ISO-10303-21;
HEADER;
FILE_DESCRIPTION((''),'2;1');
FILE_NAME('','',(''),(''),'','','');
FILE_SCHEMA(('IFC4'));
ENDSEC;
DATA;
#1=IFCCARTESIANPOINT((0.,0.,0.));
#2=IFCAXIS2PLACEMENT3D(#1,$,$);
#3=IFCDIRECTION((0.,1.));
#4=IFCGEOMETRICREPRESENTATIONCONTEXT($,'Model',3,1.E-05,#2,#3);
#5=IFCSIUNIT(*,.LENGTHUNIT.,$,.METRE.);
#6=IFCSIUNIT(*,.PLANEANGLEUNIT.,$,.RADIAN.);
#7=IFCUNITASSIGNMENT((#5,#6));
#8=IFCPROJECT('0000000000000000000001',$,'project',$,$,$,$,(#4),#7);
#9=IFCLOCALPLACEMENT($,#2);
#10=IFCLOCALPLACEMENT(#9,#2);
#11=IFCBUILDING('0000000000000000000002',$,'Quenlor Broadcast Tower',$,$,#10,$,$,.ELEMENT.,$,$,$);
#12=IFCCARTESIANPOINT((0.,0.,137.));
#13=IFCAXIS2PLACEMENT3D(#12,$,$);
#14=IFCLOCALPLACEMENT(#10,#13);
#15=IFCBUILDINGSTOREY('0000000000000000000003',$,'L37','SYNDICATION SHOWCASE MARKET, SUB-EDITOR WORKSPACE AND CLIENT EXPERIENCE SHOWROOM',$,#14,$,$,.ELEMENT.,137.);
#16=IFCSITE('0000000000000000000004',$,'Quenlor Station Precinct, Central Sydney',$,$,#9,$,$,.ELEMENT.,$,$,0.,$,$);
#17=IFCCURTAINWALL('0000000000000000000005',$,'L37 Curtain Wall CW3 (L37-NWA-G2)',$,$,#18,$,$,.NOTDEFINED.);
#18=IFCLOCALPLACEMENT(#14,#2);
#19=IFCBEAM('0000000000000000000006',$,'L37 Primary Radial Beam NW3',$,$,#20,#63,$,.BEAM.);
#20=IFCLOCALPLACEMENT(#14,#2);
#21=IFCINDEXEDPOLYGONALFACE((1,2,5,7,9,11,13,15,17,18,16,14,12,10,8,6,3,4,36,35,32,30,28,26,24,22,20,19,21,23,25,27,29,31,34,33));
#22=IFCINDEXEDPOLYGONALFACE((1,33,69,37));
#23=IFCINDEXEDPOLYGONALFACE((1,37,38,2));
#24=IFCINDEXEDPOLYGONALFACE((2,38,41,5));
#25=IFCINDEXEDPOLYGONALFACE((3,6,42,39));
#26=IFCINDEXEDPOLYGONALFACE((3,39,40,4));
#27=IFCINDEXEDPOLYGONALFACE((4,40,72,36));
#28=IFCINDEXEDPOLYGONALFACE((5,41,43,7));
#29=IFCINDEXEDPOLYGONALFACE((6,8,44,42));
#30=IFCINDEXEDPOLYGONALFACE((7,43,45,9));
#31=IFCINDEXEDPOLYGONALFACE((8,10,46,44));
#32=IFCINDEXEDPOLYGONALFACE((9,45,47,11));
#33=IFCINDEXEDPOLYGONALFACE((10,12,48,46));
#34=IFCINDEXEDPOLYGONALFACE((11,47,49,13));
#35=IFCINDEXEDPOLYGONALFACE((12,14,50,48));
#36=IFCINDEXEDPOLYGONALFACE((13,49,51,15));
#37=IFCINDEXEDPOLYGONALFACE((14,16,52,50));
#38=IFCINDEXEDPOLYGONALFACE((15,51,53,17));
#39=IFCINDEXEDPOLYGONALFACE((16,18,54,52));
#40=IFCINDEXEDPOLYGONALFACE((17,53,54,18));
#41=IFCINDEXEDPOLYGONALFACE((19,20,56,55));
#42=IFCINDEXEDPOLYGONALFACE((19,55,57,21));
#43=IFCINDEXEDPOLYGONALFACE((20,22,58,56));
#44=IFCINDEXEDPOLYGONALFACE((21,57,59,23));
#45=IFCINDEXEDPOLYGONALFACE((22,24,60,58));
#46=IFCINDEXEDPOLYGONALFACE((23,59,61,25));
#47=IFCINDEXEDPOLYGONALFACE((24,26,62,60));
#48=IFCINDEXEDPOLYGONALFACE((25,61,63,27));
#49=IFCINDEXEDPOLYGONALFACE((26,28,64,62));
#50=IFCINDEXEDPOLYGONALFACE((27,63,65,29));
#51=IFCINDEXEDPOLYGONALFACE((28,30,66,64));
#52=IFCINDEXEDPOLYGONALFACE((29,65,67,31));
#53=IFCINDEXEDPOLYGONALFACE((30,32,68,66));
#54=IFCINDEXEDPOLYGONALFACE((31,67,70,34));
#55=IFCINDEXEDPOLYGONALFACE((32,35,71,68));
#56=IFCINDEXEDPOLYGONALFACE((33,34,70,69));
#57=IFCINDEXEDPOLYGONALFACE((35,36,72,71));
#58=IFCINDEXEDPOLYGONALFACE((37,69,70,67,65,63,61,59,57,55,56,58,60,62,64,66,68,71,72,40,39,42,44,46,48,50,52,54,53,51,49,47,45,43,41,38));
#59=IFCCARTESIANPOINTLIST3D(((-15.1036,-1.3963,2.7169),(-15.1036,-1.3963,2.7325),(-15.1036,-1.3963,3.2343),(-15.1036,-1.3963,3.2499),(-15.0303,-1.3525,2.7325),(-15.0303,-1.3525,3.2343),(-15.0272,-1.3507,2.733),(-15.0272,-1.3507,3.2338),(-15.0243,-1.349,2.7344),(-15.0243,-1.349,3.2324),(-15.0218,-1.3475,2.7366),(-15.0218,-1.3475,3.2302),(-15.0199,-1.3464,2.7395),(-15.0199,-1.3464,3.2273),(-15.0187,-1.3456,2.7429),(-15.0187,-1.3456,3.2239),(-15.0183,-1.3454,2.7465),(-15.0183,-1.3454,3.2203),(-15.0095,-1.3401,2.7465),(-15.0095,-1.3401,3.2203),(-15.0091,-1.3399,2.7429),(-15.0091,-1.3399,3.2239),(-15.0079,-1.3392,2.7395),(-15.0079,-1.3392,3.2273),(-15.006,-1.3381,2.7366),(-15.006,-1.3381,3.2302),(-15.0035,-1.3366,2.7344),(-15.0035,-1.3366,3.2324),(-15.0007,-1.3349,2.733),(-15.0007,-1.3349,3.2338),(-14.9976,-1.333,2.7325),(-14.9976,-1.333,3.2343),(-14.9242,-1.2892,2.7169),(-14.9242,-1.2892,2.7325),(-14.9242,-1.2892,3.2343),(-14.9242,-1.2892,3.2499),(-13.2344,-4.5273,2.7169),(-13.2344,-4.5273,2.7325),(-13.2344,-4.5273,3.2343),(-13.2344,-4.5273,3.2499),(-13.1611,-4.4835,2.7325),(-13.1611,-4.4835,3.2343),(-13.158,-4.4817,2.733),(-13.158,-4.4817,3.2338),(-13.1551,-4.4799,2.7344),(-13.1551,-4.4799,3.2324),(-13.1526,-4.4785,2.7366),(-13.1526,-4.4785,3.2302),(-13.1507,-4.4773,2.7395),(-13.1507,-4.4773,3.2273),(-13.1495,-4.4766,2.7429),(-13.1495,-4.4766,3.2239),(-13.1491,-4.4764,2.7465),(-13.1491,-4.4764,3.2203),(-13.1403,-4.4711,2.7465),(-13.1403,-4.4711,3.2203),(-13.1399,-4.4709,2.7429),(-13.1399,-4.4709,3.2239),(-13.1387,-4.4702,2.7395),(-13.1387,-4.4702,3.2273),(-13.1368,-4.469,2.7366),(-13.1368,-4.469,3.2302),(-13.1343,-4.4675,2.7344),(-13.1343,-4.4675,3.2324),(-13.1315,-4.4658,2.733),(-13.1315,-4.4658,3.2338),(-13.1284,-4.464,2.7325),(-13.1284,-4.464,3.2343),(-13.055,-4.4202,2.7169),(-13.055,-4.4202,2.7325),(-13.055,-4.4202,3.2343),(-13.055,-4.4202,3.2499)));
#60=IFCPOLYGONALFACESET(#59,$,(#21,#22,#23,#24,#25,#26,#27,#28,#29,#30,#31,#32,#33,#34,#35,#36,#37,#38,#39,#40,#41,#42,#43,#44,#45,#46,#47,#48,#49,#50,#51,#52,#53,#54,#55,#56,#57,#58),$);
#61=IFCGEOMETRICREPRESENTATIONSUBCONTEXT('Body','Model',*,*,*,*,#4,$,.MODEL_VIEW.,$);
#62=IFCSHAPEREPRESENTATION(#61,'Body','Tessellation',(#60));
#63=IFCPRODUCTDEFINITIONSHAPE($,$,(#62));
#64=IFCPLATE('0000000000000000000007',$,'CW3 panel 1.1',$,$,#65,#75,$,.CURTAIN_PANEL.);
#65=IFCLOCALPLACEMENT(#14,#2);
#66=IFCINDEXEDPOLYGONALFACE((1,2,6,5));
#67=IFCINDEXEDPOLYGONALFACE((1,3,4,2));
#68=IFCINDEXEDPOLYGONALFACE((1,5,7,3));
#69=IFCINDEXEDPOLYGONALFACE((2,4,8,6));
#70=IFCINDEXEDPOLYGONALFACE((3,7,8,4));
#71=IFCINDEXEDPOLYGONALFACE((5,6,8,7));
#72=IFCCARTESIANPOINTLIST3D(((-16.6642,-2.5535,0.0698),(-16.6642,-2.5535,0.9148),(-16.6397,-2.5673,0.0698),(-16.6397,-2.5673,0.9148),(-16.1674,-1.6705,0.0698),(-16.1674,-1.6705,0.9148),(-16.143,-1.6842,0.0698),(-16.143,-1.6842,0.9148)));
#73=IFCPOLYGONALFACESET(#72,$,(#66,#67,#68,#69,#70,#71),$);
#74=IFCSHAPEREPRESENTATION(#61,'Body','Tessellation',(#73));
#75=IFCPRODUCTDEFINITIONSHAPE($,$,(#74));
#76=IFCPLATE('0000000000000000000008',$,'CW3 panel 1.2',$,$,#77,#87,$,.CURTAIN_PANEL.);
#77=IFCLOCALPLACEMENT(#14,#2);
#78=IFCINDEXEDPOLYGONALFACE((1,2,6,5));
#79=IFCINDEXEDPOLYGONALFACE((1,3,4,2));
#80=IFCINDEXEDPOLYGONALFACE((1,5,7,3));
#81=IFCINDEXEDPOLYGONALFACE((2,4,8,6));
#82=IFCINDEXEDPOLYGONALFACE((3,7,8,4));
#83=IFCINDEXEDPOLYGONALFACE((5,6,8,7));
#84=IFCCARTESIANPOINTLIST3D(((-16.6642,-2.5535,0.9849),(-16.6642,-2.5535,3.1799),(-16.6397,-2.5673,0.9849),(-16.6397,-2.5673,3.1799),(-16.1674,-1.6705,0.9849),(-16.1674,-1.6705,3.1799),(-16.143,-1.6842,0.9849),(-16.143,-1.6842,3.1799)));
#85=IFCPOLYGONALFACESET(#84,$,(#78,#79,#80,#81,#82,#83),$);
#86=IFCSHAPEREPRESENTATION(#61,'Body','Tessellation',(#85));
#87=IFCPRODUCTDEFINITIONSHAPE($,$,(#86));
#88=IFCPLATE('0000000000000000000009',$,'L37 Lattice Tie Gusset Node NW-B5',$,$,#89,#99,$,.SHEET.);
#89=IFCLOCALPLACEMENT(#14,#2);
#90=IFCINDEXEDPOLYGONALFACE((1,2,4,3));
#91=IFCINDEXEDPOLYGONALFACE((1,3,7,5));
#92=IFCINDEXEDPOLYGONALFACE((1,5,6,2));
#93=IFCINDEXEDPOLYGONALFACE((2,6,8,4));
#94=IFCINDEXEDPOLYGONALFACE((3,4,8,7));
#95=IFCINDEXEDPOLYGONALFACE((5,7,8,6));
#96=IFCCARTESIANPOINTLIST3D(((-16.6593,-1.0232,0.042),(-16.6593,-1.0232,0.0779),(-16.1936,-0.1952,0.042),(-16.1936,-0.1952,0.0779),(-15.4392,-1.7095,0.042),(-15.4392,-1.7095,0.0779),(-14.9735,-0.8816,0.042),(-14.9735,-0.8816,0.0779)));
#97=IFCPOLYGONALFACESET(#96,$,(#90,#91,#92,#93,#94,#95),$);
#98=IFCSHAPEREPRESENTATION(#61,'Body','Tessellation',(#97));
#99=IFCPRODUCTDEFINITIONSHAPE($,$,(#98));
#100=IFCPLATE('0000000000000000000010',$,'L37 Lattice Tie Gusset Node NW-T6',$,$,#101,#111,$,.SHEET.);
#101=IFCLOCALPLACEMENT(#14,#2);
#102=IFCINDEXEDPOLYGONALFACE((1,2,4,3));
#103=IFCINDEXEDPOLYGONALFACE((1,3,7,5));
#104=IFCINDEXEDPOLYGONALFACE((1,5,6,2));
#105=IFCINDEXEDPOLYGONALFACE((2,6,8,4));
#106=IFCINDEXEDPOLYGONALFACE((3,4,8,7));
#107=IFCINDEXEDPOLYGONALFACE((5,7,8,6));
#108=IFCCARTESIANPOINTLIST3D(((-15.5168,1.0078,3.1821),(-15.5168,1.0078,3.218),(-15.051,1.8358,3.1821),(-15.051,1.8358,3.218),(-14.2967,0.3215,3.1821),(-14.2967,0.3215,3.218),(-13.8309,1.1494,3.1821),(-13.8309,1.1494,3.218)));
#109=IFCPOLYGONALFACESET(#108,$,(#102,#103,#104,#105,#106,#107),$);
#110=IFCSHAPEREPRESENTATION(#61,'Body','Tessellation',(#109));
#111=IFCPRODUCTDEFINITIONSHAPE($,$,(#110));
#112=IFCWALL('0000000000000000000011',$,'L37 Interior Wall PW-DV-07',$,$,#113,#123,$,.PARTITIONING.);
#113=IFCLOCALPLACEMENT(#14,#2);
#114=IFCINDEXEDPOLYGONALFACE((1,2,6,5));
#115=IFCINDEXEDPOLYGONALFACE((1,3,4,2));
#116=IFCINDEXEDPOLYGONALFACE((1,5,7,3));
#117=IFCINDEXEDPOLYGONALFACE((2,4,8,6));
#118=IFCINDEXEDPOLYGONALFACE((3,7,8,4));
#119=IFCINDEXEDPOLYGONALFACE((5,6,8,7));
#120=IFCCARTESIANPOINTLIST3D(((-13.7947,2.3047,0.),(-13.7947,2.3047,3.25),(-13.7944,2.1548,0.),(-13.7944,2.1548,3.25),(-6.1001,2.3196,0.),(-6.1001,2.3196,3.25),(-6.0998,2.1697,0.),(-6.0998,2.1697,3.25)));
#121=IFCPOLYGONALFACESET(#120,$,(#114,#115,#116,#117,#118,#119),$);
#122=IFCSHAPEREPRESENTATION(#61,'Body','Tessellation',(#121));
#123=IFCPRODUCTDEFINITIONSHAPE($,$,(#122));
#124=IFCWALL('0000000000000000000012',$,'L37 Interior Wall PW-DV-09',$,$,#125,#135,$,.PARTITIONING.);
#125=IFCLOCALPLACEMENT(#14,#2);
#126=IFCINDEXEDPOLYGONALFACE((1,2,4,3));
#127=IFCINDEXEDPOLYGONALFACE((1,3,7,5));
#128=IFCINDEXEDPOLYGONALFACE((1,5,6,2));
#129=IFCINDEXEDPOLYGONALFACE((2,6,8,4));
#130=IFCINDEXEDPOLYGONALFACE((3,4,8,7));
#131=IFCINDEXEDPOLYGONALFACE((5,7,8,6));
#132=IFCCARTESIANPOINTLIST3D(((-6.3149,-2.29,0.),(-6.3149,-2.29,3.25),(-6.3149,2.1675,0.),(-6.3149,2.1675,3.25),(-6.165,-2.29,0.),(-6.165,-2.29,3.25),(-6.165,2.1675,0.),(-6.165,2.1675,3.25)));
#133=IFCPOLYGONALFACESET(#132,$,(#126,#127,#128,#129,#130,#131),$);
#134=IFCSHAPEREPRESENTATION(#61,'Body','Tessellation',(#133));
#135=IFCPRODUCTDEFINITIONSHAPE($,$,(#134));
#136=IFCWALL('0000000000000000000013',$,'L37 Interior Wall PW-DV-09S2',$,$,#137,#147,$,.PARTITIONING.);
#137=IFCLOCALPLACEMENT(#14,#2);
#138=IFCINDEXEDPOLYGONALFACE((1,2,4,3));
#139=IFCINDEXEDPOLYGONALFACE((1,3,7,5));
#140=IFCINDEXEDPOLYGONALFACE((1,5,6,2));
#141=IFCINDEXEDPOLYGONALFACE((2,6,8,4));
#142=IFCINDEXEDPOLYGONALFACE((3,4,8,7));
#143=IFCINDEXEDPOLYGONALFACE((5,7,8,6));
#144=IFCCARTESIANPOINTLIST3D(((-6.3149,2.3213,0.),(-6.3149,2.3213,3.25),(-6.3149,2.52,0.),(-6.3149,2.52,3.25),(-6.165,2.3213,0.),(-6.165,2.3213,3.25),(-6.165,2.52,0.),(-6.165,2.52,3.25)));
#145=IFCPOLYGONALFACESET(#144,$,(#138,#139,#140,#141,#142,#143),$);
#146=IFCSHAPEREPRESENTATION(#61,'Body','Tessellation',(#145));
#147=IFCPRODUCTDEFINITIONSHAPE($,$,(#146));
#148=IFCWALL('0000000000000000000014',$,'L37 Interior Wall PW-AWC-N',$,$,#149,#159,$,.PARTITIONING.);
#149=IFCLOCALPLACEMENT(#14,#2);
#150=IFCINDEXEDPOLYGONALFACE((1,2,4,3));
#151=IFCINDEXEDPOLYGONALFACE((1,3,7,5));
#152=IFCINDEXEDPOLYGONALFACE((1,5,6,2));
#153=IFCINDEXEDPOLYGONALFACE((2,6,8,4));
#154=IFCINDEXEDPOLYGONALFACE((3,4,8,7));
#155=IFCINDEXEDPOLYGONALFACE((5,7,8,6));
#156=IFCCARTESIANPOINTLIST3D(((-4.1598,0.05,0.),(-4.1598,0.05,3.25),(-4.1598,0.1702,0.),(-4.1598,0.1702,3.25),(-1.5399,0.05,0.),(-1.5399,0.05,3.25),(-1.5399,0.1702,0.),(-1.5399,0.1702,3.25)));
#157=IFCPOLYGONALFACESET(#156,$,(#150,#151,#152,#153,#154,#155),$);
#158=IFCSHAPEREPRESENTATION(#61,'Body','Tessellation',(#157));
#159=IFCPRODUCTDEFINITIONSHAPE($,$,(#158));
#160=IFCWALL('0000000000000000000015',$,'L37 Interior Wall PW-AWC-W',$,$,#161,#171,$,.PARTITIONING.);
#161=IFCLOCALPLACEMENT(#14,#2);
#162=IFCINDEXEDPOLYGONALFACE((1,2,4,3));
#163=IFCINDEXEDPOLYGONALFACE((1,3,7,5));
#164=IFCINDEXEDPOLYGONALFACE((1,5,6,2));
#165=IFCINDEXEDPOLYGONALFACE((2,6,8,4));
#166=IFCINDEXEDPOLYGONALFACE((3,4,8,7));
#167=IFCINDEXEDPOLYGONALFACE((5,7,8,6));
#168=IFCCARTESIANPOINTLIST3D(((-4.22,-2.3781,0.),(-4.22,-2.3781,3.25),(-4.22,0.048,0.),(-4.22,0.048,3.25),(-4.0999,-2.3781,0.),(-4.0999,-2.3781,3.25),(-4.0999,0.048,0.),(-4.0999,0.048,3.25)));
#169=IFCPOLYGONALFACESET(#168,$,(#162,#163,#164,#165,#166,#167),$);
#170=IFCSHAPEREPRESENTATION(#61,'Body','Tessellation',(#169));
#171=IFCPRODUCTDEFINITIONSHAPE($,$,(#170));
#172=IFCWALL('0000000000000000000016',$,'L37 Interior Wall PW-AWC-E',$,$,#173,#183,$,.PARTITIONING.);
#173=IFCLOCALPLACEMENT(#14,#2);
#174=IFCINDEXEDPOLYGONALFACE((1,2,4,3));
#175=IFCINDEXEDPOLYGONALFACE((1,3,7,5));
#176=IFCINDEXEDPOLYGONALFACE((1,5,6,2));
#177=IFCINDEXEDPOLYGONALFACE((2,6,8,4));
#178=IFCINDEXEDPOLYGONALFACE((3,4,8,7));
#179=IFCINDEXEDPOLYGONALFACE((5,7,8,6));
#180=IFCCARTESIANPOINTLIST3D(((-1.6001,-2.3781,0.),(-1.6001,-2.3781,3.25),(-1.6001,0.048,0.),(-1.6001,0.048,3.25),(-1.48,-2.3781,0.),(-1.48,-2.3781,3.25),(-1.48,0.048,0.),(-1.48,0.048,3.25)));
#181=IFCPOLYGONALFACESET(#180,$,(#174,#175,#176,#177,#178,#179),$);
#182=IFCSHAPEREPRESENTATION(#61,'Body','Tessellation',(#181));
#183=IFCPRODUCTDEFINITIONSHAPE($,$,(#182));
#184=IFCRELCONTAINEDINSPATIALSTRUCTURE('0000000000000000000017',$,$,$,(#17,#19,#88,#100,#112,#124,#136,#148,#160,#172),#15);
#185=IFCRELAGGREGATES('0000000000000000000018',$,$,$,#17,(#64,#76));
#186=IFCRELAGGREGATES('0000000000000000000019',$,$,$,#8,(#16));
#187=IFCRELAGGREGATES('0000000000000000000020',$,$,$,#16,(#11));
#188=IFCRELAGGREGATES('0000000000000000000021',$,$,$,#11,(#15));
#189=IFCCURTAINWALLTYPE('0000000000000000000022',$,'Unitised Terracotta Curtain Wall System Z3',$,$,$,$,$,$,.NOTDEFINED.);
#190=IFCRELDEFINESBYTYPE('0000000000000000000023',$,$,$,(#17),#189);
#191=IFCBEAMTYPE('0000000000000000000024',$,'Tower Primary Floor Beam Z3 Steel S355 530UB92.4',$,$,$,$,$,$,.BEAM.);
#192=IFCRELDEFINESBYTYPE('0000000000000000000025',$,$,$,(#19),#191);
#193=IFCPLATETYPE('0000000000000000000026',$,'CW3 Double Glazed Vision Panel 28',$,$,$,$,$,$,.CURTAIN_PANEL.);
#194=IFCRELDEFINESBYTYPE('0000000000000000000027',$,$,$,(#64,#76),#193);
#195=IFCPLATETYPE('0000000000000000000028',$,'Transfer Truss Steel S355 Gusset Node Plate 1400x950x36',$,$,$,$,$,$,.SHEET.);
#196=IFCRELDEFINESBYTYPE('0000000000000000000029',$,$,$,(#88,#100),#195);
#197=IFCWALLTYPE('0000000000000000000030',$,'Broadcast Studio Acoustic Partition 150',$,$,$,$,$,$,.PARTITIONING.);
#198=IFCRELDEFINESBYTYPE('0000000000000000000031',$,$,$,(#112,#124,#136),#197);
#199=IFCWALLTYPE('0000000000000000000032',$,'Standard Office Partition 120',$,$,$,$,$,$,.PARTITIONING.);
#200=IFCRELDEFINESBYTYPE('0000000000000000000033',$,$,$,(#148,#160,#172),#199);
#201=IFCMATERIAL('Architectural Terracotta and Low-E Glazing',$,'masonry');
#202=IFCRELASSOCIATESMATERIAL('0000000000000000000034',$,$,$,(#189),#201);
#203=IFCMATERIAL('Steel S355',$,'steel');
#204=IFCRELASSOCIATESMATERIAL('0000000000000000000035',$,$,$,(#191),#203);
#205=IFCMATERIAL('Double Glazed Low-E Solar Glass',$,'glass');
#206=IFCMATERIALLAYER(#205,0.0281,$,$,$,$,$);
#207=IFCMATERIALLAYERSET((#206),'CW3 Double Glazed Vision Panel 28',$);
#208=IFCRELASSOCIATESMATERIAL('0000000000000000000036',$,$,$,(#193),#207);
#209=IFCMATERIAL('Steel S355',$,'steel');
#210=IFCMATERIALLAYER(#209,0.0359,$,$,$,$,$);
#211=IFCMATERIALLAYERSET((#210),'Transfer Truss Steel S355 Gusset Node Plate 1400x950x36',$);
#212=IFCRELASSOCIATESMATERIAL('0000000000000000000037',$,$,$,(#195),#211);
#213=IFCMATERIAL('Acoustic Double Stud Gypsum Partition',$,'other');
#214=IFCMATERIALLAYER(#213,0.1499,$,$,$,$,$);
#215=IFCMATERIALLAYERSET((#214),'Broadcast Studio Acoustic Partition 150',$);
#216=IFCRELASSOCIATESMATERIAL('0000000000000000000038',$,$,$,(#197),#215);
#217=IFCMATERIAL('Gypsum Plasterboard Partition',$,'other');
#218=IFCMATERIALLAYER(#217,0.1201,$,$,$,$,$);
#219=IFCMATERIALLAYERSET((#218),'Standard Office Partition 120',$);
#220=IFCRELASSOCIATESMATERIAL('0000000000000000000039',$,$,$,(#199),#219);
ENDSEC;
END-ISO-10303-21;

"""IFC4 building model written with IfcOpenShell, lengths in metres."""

from ifc_helpers import new_model, si_unit, direction, frame, frame_2d, origin, origin_2d, place, context, subcontext, project, spatial, rectangle, i_section, extrude, material, layer, layer_set, material_profile, profile_set, type_object, element, aggregate, save


model = new_model("IFC4")

# Units and contexts
model_context = context("Model", 3, precision=1e-05, world=origin(), true_north=direction((0.0, 1.0)))
body_context = subcontext(model_context, "Body", "Model", "MODEL_VIEW")
ifc_project = project(units=[si_unit("LENGTHUNIT", "METRE"), si_unit("PLANEANGLEUNIT", "RADIAN")], contexts=[model_context])

# Site, building, storey
site_placement = place(None, origin())
site = spatial("IfcSite", under=ifc_project, at=site_placement, Name="Quenlor Station Precinct, Central Sydney", CompositionType="ELEMENT", RefElevation=0.0)
building_placement = place(site_placement, origin())
building = spatial("IfcBuilding", under=site, at=building_placement, Name="Quenlor Broadcast Tower", CompositionType="ELEMENT")
storey_placement = place(building_placement, frame((0.0, 0.0, 137.0)))
storey = spatial("IfcBuildingStorey", under=building, at=storey_placement, Name="L37", Description="SYNDICATION SHOWCASE MARKET, SUB-EDITOR WORKSPACE AND CLIENT EXPERIENCE SHOWROOM", CompositionType="ELEMENT", Elevation=137.0)

# Curtain wall
ifc_material_1 = material(Name="Architectural Terracotta and Low-E Glazing", Category="masonry")
curtain_wall_type = type_object("IfcCurtainWallType", Name="Unitised Terracotta Curtain Wall System Z3", PredefinedType="NOTDEFINED", material=ifc_material_1)
curtain_wall_placement = place(storey_placement, origin())
curtain_wall = element("IfcCurtainWall", 1, at=curtain_wall_placement, inside=storey, type_object=curtain_wall_type, Name="L37 Curtain Wall CW3 (L37-NWA-G2)", PredefinedType="NOTDEFINED")

# Beam
ifc_material_2 = material(Name="Steel S355", Category="steel")
ifc_material_profile_1 = material_profile(ifc_material_2, i_section(OverallWidth=0.209, OverallDepth=0.533, WebThickness=0.0103, FlangeThickness=0.0156, FilletRadius=0.0139, at=origin_2d()))
ifc_profile_set_1 = profile_set([ifc_material_profile_1], Name="Steel S355 530UB92.4")
beam_type_1 = type_object("IfcBeamType", Name="Tower Primary Floor Beam Z3 Steel S355 530UB92.4", PredefinedType="BEAM", material=ifc_profile_set_1)
beam_1_placement = place(storey_placement, frame((-15.0139, -1.3428, 2.9834), z_axis=(0.512604, -0.858625, 0.0), x_axis=(0.858625, 0.512604, 0.0)))
element("IfcBeam", 2, at=beam_1_placement, inside=storey, type_object=beam_type_1, Name="L37 Primary Radial Beam NW3", PredefinedType="BEAM", context=body_context, shape_type="SweptSolid", body=[
    extrude(i_section(OverallWidth=0.209, OverallDepth=0.533, WebThickness=0.0103, FlangeThickness=0.0156, FilletRadius=0.0139, at=origin_2d()), origin(), (0.0, 0.0, 1.0), 3.6465),
])

# Plates
ifc_material_3 = material(Name="Double Glazed Low-E Solar Glass", Category="glass")
ifc_layer_1 = layer(ifc_material_3, 0.0281)
ifc_layer_set_1 = layer_set([ifc_layer_1], Name="CW3 Double Glazed Vision Panel 28")
plate_type_1 = type_object("IfcPlateType", Name="CW3 Double Glazed Vision Panel 28", PredefinedType="CURTAIN_PANEL", material=ifc_layer_set_1)
plate_1_placement = place(storey_placement, frame((-16.4036, -2.1189, 0.0698), z_axis=(0.0, 0.0, 1.0), x_axis=(0.490253, 0.87158, 0.0)))
plate_1 = element("IfcPlate", 3, at=plate_1_placement, type_object=plate_type_1, Name="CW3 panel 1.1", PredefinedType="CURTAIN_PANEL", context=body_context, shape_type="SweptSolid", body=[
    extrude(rectangle(XDim=1.0132, YDim=0.0281, at=origin_2d()), origin(), (0.0, 0.0, 1.0), 0.845),
])
plate_2_placement = place(storey_placement, frame((-16.4036, -2.1189, 0.9849), z_axis=(0.0, 0.0, 1.0), x_axis=(0.490253, 0.87158, 0.0)))
plate_2 = element("IfcPlate", 4, at=plate_2_placement, type_object=plate_type_1, Name="CW3 panel 1.2", PredefinedType="CURTAIN_PANEL", context=body_context, shape_type="SweptSolid", body=[
    extrude(rectangle(XDim=1.0132, YDim=0.0281, at=origin_2d()), origin(), (0.0, 0.0, 1.0), 2.1951),
])
aggregate(curtain_wall, [plate_1, plate_2])

# Plates
ifc_material_4 = material(Name="Steel S355", Category="steel")
ifc_layer_2 = layer(ifc_material_4, 0.0359)
ifc_layer_set_2 = layer_set([ifc_layer_2], Name="Transfer Truss Steel S355 Gusset Node Plate 1400x950x36")
plate_type_2 = type_object("IfcPlateType", Name="Transfer Truss Steel S355 Gusset Node Plate 1400x950x36", PredefinedType="SHEET", material=ifc_layer_set_2)
for number, where, z_axis, x_axis, name in (
    (5, (-15.8164, -0.9524, 0.042), (0.0, 0.0, 1.0), (-0.871556, 0.490295, 0.0), "L37 Lattice Tie Gusset Node NW-B5"),
    (6, (-14.6738, 1.0786, 3.1821), (0.0, 0.0, 1.0), (-0.871556, 0.490295, 0.0), "L37 Lattice Tie Gusset Node NW-T6"),
):
    element("IfcPlate", number, at=place(storey_placement, frame(where, z_axis=z_axis, x_axis=x_axis)), inside=storey, type_object=plate_type_2, Name=name, PredefinedType="SHEET", context=body_context, shape_type="SweptSolid", body=[
        extrude(rectangle(XDim=1.3999, YDim=0.95, at=origin_2d()), origin(), (0.0, 0.0, 1.0), 0.0359),
    ])

# Walls
ifc_material_5 = material(Name="Acoustic Double Stud Gypsum Partition", Category="other")
ifc_layer_3 = layer(ifc_material_5, 0.1499)
ifc_layer_set_3 = layer_set([ifc_layer_3], Name="Broadcast Studio Acoustic Partition 150")
wall_type_1 = type_object("IfcWallType", Name="Broadcast Studio Acoustic Partition 150", PredefinedType="PARTITIONING", material=ifc_layer_set_3)
wall_1_placement = place(storey_placement, frame((-6.1001, 2.2446, 0.0), z_axis=(0.0, 0.0, 1.0), x_axis=(-0.999998, -0.001935, 0.0)))
element("IfcWall", 7, at=wall_1_placement, inside=storey, type_object=wall_type_1, Name="L37 Interior Wall PW-DV-07", PredefinedType="PARTITIONING", context=body_context, shape_type="SweptSolid", body=[
    extrude(rectangle(XDim=7.6946, YDim=0.1499, at=frame_2d((3.8472, 0.0))), origin(), (0.0, 0.0, 1.0), 3.25),
])
wall_2_placement = place(storey_placement, frame((-6.24, -2.29, 0.0), z_axis=(0.0, 0.0, 1.0), x_axis=(0.0, 1.0, 0.0)))
element("IfcWall", 8, at=wall_2_placement, inside=storey, type_object=wall_type_1, Name="L37 Interior Wall PW-DV-09", PredefinedType="PARTITIONING", context=body_context, shape_type="SweptSolid", body=[
    extrude(rectangle(XDim=4.4575, YDim=0.1499, at=frame_2d((2.2288, 0.0))), origin(), (0.0, 0.0, 1.0), 3.25),
])
wall_3_placement = place(storey_placement, frame((-6.24, 2.3213, 0.0), z_axis=(0.0, 0.0, 1.0), x_axis=(0.0, 1.0, 0.0)))
element("IfcWall", 9, at=wall_3_placement, inside=storey, type_object=wall_type_1, Name="L37 Interior Wall PW-DV-09S2", PredefinedType="PARTITIONING", context=body_context, shape_type="SweptSolid", body=[
    extrude(rectangle(XDim=0.1987, YDim=0.1499, at=frame_2d((0.0994, 0.0))), origin(), (0.0, 0.0, 1.0), 3.25),
])

# Shared definitions
ifc_material_6 = material(Name="Gypsum Plasterboard Partition", Category="other")
ifc_layer_4 = layer(ifc_material_6, 0.1201)
ifc_layer_set_4 = layer_set([ifc_layer_4], Name="Standard Office Partition 120")
wall_type_2 = type_object("IfcWallType", Name="Standard Office Partition 120", PredefinedType="PARTITIONING", material=ifc_layer_set_4)

# Walls
wall_4_placement = place(storey_placement, frame((-4.1599, 0.1101, 0.0), z_axis=(0.0, 0.0, 1.0), x_axis=(1.0, 0.0, 0.0)))
element("IfcWall", 10, at=wall_4_placement, inside=storey, type_object=wall_type_2, Name="L37 Interior Wall PW-AWC-N", PredefinedType="PARTITIONING", context=body_context, shape_type="SweptSolid", body=[
    extrude(rectangle(XDim=2.6199, YDim=0.1201, at=frame_2d((1.3101, 0.0))), origin(), (0.0, 0.0, 1.0), 3.25),
])
for number, where, z_axis, x_axis, name in (
    (11, (-4.1599, -2.3779, 0.0), (0.0, 0.0, 1.0), (0.0, 1.0, 0.0), "L37 Interior Wall PW-AWC-W"),
    (12, (-1.54, -2.3779, 0.0), (0.0, 0.0, 1.0), (0.0, 1.0, 0.0), "L37 Interior Wall PW-AWC-E"),
):
    element("IfcWall", number, at=place(storey_placement, frame(where, z_axis=z_axis, x_axis=x_axis)), inside=storey, type_object=wall_type_2, Name=name, PredefinedType="PARTITIONING", context=body_context, shape_type="SweptSolid", body=[
        extrude(rectangle(XDim=2.426, YDim=0.1201, at=frame_2d((1.2129, 0.0))), origin(), (0.0, 0.0, 1.0), 3.25),
    ])

save(model, "model.ifc")
